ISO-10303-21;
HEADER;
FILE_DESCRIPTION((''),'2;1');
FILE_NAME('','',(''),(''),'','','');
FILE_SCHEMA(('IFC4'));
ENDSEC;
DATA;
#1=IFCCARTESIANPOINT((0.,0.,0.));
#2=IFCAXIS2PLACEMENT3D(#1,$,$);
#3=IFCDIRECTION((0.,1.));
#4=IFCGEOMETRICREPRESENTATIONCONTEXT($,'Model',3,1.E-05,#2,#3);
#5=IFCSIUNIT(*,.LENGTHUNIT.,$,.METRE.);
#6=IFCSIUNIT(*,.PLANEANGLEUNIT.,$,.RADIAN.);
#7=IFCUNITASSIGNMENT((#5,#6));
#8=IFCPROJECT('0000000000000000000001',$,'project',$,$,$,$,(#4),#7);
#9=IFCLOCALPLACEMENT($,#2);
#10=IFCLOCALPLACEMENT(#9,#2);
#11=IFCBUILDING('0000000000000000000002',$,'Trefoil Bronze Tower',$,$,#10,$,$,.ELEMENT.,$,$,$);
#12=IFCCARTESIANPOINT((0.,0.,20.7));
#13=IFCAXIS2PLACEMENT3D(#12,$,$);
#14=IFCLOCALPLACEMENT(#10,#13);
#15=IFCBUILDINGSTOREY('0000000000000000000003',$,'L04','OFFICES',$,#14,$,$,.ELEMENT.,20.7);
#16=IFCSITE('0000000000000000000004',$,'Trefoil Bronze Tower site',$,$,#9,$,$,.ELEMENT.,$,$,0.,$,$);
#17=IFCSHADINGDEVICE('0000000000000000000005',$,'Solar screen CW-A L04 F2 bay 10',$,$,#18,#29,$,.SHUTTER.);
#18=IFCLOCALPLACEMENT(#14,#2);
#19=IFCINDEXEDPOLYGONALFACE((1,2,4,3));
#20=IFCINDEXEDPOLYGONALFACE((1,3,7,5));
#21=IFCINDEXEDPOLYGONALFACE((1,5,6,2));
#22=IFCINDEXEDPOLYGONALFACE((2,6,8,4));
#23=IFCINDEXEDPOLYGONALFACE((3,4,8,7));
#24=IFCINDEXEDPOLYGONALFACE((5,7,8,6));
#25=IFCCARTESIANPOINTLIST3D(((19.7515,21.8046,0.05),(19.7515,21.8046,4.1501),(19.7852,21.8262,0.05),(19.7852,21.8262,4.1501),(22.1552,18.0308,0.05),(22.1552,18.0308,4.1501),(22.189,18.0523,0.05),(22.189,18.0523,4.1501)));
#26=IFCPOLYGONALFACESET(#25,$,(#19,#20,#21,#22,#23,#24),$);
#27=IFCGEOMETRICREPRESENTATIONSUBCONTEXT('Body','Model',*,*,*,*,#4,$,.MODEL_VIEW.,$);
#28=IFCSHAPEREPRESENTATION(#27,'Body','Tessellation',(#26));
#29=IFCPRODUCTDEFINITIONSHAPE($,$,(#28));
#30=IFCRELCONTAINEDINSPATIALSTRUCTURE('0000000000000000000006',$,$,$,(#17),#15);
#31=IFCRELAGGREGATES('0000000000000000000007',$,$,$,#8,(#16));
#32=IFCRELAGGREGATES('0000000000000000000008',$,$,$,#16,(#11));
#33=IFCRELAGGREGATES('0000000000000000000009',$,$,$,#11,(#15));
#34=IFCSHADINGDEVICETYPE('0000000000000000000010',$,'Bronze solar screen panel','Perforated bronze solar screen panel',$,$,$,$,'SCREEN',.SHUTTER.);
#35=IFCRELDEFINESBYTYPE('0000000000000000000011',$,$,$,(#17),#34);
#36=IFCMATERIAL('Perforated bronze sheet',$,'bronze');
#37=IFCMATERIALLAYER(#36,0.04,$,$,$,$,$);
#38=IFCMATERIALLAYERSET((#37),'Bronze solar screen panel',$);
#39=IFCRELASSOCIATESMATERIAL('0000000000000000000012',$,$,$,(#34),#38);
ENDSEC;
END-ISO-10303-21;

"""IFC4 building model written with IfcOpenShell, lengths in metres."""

from ifc_helpers import new_model, si_unit, direction, frame, origin, origin_2d, place, context, subcontext, project, spatial, rectangle, extrude, material, layer, layer_set, type_object, element, save


model = new_model("IFC4")

# Units and contexts
model_context = context("Model", 3, precision=1e-05, world=origin(), true_north=direction((0.0, 1.0)))
body_context = subcontext(model_context, "Body", "Model", "MODEL_VIEW")
ifc_project = project(units=[si_unit("LENGTHUNIT", "METRE"), si_unit("PLANEANGLEUNIT", "RADIAN")], contexts=[model_context])

# Site, building, storey
site_placement = place(None, origin())
site = spatial("IfcSite", under=ifc_project, at=site_placement, Name="Trefoil Bronze Tower site", CompositionType="ELEMENT", RefElevation=0.0)
building_placement = place(site_placement, origin())
building = spatial("IfcBuilding", under=site, at=building_placement, Name="Trefoil Bronze Tower", CompositionType="ELEMENT")
storey_placement = place(building_placement, frame((0.0, 0.0, 20.7)))
storey = spatial("IfcBuildingStorey", under=building, at=storey_placement, Name="L04", Description="OFFICES", CompositionType="ELEMENT", Elevation=20.7)

# Shading device
ifc_material_1 = material(Name="Perforated bronze sheet", Category="bronze")
ifc_layer_1 = layer(ifc_material_1, 0.04)
ifc_layer_set_1 = layer_set([ifc_layer_1], Name="Bronze solar screen panel")
shading_device_type = type_object("IfcShadingDeviceType", Name="Bronze solar screen panel", Description="Perforated bronze solar screen panel", ElementType="SCREEN", PredefinedType="SHUTTER", material=ifc_layer_set_1)
shading_device_placement = place(storey_placement, frame((20.9702, 19.9285, 0.05), z_axis=(0.0, 0.0, 1.0), x_axis=(-0.537222, 0.843441, 0.0)))
element("IfcShadingDevice", 1, at=shading_device_placement, inside=storey, type_object=shading_device_type, Name="Solar screen CW-A L04 F2 bay 10", PredefinedType="SHUTTER", context=body_context, shape_type="SweptSolid", body=[
    extrude(rectangle(XDim=4.4744, YDim=0.04, at=origin_2d()), origin(), (0.0, 0.0, 1.0), 4.1001),
])

save(model, "model.ifc")
